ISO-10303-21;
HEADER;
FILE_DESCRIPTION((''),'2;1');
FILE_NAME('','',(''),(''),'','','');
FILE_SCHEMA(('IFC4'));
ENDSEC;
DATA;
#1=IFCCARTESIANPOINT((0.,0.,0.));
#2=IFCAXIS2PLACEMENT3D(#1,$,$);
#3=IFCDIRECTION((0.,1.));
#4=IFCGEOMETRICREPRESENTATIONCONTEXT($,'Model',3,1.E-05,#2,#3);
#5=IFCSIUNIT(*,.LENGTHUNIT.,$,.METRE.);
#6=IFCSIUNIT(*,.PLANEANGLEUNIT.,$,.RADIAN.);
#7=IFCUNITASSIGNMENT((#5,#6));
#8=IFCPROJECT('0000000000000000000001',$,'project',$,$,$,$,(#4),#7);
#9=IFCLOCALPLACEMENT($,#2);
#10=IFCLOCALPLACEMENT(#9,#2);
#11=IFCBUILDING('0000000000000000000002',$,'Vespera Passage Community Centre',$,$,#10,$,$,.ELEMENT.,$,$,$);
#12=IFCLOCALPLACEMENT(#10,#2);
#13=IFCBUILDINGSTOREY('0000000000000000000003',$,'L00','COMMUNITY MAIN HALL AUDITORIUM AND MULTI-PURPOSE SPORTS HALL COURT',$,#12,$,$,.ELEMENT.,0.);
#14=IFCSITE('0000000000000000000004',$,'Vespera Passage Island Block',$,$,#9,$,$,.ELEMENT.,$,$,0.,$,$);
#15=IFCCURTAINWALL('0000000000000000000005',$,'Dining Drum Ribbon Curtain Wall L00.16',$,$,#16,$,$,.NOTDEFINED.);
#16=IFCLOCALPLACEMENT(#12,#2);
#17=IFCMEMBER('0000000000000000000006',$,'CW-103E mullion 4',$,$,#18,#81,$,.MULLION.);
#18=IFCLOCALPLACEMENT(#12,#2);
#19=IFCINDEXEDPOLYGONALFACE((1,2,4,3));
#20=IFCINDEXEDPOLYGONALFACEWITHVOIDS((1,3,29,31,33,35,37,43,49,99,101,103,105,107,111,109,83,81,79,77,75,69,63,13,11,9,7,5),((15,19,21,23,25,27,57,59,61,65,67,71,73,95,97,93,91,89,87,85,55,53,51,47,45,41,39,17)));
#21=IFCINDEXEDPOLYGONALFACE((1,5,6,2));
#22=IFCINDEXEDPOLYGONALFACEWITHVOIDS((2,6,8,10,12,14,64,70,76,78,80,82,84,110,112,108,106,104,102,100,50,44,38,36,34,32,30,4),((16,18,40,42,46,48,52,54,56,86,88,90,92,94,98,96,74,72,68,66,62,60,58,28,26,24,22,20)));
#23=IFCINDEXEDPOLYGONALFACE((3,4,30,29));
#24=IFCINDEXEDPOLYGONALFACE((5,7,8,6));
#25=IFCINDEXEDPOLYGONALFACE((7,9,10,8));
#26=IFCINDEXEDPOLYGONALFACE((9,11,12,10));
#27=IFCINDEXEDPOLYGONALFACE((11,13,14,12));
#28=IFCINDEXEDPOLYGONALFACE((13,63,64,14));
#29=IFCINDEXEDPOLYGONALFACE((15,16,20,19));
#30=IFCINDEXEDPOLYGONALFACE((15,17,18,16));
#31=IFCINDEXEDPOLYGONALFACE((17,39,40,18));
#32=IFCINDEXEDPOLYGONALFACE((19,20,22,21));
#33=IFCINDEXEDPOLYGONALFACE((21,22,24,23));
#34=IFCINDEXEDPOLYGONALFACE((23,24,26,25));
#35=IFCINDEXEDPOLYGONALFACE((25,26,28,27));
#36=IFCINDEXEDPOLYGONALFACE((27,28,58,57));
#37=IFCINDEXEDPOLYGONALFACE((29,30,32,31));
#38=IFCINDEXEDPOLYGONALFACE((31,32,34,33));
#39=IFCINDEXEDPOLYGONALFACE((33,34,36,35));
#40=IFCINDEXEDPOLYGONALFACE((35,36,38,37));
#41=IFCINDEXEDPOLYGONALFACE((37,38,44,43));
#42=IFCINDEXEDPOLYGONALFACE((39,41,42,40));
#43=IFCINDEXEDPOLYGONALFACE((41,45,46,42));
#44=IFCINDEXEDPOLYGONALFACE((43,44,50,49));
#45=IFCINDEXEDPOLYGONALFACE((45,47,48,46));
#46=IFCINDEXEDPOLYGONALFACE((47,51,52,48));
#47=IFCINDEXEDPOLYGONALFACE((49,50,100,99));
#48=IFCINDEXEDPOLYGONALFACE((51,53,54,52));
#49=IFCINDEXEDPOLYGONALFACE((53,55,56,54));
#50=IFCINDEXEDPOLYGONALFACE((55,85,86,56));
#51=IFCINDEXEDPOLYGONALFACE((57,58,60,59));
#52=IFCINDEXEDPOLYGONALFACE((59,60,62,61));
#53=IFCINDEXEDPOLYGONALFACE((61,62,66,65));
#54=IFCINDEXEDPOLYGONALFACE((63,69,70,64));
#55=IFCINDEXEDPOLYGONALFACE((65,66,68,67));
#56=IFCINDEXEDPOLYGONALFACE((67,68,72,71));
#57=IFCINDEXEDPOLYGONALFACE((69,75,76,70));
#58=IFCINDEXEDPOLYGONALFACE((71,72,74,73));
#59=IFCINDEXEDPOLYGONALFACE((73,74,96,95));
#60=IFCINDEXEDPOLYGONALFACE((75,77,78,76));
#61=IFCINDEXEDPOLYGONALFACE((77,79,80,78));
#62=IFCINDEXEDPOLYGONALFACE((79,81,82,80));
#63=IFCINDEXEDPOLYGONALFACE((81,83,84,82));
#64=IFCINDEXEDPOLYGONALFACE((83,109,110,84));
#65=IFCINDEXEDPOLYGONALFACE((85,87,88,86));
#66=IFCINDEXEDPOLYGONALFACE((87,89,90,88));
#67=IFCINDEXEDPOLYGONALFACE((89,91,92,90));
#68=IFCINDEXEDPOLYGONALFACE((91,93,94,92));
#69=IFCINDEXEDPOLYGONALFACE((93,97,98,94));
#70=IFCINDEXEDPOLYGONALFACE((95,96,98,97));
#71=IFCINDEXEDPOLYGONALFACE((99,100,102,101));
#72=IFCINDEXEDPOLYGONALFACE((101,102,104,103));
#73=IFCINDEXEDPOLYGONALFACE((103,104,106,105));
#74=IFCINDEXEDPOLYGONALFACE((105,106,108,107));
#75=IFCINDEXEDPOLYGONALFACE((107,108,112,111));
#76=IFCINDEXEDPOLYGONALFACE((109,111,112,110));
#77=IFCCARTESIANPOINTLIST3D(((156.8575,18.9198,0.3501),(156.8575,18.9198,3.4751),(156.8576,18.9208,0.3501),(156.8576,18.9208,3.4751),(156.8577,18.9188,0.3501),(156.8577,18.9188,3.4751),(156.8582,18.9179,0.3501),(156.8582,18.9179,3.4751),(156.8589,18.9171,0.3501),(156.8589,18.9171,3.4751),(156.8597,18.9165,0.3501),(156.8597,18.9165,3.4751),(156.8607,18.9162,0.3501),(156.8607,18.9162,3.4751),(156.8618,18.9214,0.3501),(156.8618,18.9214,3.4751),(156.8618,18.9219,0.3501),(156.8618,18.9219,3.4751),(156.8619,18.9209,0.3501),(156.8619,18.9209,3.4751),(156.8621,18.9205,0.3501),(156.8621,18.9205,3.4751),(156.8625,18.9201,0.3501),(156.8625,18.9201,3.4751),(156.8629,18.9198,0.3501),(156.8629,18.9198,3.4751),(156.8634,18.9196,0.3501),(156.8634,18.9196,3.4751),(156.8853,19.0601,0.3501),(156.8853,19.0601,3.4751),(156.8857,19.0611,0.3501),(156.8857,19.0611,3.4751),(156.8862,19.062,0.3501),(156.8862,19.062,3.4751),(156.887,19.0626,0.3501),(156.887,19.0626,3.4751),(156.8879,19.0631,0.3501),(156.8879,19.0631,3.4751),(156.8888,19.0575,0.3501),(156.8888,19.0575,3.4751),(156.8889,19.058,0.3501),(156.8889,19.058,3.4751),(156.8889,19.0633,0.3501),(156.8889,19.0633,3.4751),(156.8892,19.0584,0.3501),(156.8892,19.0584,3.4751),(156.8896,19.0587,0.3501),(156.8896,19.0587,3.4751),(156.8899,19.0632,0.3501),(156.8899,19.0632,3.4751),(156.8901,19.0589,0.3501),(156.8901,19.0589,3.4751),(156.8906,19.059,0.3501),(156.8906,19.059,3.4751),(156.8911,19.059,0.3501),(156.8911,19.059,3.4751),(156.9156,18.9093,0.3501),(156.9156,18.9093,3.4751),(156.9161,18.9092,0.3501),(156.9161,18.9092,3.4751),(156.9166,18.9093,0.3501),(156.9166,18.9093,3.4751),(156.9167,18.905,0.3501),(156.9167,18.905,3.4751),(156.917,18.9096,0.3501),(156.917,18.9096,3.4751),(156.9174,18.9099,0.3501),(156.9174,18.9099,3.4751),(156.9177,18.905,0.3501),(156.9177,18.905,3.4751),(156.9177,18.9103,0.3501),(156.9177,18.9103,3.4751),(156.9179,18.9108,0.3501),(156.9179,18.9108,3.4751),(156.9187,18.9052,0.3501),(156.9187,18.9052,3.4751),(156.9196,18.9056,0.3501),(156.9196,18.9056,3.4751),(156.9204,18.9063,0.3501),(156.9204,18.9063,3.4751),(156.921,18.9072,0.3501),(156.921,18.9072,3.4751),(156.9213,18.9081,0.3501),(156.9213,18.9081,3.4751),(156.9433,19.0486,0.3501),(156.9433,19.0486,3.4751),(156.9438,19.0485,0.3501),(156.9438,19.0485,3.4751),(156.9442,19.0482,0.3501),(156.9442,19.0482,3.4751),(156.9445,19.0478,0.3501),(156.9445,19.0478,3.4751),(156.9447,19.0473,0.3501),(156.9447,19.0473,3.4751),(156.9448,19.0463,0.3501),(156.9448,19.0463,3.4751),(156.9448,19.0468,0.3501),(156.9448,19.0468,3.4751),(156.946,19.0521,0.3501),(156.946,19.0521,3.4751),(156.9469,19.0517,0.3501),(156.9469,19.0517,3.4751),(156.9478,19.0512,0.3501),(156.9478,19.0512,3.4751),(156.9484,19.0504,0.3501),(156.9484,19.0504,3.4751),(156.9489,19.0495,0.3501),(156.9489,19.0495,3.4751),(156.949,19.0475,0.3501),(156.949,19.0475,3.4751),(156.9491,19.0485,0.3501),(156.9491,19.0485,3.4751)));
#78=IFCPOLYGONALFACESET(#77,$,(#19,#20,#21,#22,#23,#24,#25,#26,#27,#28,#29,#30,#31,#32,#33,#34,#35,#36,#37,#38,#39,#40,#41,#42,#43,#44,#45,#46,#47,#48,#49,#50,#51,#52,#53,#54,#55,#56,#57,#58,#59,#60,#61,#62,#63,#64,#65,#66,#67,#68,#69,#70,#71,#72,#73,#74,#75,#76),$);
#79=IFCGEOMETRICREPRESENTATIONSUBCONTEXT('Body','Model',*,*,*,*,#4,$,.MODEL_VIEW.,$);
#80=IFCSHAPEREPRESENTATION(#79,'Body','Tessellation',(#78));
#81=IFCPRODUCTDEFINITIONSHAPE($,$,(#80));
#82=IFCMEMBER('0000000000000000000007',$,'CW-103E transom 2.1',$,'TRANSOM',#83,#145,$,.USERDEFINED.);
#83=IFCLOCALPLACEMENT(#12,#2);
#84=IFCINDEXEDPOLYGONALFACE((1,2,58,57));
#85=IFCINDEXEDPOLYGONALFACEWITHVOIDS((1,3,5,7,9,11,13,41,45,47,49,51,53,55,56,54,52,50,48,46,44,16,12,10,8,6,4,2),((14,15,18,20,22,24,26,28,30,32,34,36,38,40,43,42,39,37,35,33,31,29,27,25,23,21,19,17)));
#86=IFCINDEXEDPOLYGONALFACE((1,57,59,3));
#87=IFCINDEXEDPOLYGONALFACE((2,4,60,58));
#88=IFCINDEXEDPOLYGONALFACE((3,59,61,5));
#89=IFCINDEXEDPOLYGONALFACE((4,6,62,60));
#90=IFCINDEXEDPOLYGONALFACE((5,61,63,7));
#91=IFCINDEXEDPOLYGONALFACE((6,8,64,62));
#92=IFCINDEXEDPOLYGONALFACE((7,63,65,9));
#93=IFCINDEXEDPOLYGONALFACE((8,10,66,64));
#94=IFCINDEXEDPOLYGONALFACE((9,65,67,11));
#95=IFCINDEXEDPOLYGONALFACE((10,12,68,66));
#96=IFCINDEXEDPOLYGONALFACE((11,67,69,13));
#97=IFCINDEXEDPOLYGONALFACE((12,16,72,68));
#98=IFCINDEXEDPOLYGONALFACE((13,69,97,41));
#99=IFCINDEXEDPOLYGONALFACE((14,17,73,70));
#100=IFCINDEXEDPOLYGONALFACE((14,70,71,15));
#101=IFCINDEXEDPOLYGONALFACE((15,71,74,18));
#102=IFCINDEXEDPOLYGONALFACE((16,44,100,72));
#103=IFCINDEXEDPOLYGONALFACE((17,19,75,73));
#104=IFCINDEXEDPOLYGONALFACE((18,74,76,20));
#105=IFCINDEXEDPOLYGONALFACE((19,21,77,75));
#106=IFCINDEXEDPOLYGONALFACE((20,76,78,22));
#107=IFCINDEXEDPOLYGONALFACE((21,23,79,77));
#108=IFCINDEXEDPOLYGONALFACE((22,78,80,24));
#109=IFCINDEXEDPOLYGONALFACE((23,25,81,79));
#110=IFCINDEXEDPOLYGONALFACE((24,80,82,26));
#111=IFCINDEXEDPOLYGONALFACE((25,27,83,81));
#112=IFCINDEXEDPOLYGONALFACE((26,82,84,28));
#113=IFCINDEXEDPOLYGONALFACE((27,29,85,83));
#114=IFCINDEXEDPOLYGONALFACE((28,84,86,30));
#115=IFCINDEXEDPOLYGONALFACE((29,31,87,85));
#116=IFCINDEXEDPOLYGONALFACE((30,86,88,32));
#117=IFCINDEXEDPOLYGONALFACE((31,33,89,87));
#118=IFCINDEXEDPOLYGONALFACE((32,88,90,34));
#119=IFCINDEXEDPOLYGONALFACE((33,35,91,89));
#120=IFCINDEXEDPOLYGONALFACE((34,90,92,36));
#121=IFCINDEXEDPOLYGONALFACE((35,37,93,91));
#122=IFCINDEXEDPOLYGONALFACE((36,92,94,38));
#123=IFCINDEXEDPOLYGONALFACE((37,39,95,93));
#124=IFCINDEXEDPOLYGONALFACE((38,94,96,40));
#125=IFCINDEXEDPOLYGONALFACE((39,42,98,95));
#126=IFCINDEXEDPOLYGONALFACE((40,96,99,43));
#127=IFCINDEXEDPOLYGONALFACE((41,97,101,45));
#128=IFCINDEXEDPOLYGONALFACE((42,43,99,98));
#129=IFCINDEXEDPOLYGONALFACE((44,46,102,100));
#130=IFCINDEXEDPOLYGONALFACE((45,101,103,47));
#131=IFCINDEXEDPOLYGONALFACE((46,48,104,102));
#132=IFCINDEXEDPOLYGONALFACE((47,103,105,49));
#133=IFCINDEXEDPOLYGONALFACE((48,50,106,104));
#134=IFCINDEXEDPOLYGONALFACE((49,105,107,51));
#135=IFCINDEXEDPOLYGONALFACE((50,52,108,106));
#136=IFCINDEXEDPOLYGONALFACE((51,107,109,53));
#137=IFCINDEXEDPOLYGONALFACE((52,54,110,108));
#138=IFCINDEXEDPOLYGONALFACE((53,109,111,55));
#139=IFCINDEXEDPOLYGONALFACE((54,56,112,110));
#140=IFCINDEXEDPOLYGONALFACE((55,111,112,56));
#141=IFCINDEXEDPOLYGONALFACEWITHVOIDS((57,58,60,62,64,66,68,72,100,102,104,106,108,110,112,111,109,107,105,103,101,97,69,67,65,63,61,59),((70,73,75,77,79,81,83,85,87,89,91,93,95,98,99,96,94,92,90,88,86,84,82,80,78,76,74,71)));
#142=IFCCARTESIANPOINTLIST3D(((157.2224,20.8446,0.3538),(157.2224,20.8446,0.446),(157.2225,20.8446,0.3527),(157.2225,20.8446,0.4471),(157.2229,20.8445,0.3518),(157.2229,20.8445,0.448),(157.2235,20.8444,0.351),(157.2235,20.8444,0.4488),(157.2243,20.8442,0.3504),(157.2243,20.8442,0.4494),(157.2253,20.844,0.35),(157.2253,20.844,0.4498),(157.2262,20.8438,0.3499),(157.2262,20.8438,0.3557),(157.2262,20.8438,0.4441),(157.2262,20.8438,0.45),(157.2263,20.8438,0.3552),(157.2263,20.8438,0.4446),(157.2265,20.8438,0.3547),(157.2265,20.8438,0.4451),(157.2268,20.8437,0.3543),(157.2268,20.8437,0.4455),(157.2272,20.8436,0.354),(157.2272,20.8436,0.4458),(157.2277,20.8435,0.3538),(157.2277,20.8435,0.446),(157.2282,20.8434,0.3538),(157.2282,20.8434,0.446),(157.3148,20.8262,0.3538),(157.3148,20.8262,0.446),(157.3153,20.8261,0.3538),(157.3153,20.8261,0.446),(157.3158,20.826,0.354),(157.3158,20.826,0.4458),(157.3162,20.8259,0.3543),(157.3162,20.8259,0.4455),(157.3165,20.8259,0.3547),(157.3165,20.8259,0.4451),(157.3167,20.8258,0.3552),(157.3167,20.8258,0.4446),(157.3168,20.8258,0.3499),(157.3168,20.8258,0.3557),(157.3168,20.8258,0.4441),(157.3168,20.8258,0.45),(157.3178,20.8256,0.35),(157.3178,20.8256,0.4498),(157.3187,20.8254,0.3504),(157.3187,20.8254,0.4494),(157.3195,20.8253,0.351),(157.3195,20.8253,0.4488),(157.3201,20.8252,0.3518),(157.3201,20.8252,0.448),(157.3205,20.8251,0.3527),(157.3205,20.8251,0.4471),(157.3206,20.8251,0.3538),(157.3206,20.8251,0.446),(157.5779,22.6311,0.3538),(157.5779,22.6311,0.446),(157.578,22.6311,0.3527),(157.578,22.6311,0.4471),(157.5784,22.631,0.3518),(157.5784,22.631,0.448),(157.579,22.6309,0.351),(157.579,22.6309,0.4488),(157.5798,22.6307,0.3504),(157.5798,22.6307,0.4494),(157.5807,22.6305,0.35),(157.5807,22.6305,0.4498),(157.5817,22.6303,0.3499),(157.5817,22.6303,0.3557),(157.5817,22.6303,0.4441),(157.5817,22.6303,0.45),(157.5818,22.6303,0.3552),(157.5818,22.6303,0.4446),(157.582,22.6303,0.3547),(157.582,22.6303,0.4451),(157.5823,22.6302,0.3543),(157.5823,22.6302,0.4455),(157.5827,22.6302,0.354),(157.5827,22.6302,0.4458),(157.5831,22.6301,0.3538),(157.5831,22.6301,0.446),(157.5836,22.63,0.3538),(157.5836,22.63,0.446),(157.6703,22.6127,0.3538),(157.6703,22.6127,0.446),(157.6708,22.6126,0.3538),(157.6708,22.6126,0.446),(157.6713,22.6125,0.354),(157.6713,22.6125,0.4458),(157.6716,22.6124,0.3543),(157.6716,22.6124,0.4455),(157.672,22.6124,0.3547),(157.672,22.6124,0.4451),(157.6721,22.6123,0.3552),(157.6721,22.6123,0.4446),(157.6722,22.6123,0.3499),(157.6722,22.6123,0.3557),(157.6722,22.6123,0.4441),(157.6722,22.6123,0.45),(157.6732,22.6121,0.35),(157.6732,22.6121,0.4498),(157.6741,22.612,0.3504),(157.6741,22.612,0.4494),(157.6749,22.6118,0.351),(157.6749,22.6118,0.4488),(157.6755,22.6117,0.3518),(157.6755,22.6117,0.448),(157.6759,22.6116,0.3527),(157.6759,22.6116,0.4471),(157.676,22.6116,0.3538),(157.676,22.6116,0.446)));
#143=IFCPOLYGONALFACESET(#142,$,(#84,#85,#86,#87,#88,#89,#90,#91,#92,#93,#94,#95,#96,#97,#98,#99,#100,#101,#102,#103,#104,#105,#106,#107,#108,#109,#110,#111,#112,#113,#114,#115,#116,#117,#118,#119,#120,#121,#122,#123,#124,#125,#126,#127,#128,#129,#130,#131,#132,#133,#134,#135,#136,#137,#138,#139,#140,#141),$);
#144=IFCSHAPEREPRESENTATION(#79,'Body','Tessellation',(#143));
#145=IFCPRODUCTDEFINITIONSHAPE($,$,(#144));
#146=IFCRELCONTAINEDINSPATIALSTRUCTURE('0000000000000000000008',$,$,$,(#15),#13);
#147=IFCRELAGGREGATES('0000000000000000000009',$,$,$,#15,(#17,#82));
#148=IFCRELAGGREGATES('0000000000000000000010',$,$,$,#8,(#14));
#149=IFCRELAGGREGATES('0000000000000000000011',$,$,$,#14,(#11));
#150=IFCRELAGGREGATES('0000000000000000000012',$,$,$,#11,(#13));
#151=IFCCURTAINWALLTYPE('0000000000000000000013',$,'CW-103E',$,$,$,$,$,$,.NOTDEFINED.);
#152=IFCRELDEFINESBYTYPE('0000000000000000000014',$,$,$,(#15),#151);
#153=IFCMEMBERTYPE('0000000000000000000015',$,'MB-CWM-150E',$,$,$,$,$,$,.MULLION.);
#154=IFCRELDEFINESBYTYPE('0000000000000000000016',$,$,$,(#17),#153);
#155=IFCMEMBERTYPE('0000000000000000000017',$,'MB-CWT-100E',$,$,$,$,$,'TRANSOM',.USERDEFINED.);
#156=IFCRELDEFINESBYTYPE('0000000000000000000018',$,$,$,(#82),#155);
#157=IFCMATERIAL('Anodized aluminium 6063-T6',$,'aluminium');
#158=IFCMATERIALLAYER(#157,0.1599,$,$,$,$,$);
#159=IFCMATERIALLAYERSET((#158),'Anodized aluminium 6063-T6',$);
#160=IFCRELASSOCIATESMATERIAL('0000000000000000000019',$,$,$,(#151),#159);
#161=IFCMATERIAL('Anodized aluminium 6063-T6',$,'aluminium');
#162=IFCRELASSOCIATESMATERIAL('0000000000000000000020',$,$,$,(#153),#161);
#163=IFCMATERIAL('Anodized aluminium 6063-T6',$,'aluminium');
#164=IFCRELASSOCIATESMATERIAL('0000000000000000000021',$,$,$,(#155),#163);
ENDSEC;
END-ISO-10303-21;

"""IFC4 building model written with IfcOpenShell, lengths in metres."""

from ifc_helpers import new_model, si_unit, direction, frame, origin, origin_2d, place, context, subcontext, project, spatial, hollow_rectangle, extrude, material, layer, layer_set, material_profile, profile_set, type_object, element, aggregate, save


model = new_model("IFC4")

# Units and contexts
model_context = context("Model", 3, precision=1e-05, world=origin(), true_north=direction((0.0, 1.0)))
body_context = subcontext(model_context, "Body", "Model", "MODEL_VIEW")
ifc_project = project(units=[si_unit("LENGTHUNIT", "METRE"), si_unit("PLANEANGLEUNIT", "RADIAN")], contexts=[model_context])

# Site, building, storey
site_placement = place(None, origin())
site = spatial("IfcSite", under=ifc_project, at=site_placement, Name="Vespera Passage Island Block", CompositionType="ELEMENT", RefElevation=0.0)
building_placement = place(site_placement, origin())
building = spatial("IfcBuilding", under=site, at=building_placement, Name="Vespera Passage Community Centre", CompositionType="ELEMENT")
storey_placement = place(building_placement, origin())
storey = spatial("IfcBuildingStorey", under=building, at=storey_placement, Name="L00", Description="COMMUNITY MAIN HALL AUDITORIUM AND MULTI-PURPOSE SPORTS HALL COURT", CompositionType="ELEMENT", Elevation=0.0)

# Curtain wall, members
ifc_material_1 = material(Name="Anodized aluminium 6063-T6", Category="aluminium")
ifc_layer_1 = layer(ifc_material_1, 0.1599)
ifc_layer_set_1 = layer_set([ifc_layer_1], Name="Anodized aluminium 6063-T6")
curtain_wall_type = type_object("IfcCurtainWallType", Name="CW-103E", PredefinedType="NOTDEFINED", material=ifc_layer_set_1)
curtain_wall_placement = place(storey_placement, origin())
curtain_wall = element("IfcCurtainWall", 1, at=curtain_wall_placement, inside=storey, type_object=curtain_wall_type, Name="Dining Drum Ribbon Curtain Wall L00.16", PredefinedType="NOTDEFINED")
ifc_material_2 = material(Name="Anodized aluminium 6063-T6", Category="aluminium")
ifc_material_profile_1 = material_profile(ifc_material_2, hollow_rectangle(XDim=0.0649, YDim=0.1499, WallThickness=0.0039, InnerFilletRadius=0.002, OuterFilletRadius=0.0039, at=origin_2d()), Name="ALU150X65X4")
ifc_profile_set_1 = profile_set([ifc_material_profile_1], Name="Anodized aluminium 6063-T6")
member_type_1 = type_object("IfcMemberType", Name="MB-CWM-150E", PredefinedType="MULLION", material=ifc_profile_set_1)
member_1_placement = place(storey_placement, frame((156.9033, 18.9841, 0.3501), z_axis=(0.0, 0.0, 1.0), x_axis=(0.980784, -0.195097, 0.0)))
member_1 = element("IfcMember", 2, at=member_1_placement, type_object=member_type_1, Name="CW-103E mullion 4", PredefinedType="MULLION", context=body_context, shape_type="SweptSolid", body=[
    extrude(hollow_rectangle(XDim=0.0649, YDim=0.1499, WallThickness=0.0039, InnerFilletRadius=0.002, OuterFilletRadius=0.0039, at=origin_2d()), origin(), (0.0, 0.0, 1.0), 3.125),
])
ifc_material_3 = material(Name="Anodized aluminium 6063-T6", Category="aluminium")
ifc_material_profile_2 = material_profile(ifc_material_3, hollow_rectangle(XDim=0.1001, YDim=0.1001, WallThickness=0.0039, InnerFilletRadius=0.002, OuterFilletRadius=0.0039, at=origin_2d()), Name="ALU100X100X4")
ifc_profile_set_2 = profile_set([ifc_material_profile_2], Name="Anodized aluminium 6063-T6")
member_type_2 = type_object("IfcMemberType", Name="MB-CWT-100E", ElementType="TRANSOM", PredefinedType="USERDEFINED", material=ifc_profile_set_2)
member_2_placement = place(storey_placement, frame((157.627, 22.6213, 0.3999), z_axis=(-0.195137, -0.980776, 0.0), x_axis=(0.980776, -0.195137, 0.0)))
member_2 = element("IfcMember", 3, at=member_2_placement, type_object=member_type_2, Name="CW-103E transom 2.1", ObjectType="TRANSOM", PredefinedType="USERDEFINED", context=body_context, shape_type="SweptSolid", body=[
    extrude(hollow_rectangle(XDim=0.1001, YDim=0.1001, WallThickness=0.0039, InnerFilletRadius=0.002, OuterFilletRadius=0.0039, at=origin_2d()), origin(), (0.0, 0.0, 1.0), 1.8215),
])
aggregate(curtain_wall, [member_1, member_2])

save(model, "model.ifc")
